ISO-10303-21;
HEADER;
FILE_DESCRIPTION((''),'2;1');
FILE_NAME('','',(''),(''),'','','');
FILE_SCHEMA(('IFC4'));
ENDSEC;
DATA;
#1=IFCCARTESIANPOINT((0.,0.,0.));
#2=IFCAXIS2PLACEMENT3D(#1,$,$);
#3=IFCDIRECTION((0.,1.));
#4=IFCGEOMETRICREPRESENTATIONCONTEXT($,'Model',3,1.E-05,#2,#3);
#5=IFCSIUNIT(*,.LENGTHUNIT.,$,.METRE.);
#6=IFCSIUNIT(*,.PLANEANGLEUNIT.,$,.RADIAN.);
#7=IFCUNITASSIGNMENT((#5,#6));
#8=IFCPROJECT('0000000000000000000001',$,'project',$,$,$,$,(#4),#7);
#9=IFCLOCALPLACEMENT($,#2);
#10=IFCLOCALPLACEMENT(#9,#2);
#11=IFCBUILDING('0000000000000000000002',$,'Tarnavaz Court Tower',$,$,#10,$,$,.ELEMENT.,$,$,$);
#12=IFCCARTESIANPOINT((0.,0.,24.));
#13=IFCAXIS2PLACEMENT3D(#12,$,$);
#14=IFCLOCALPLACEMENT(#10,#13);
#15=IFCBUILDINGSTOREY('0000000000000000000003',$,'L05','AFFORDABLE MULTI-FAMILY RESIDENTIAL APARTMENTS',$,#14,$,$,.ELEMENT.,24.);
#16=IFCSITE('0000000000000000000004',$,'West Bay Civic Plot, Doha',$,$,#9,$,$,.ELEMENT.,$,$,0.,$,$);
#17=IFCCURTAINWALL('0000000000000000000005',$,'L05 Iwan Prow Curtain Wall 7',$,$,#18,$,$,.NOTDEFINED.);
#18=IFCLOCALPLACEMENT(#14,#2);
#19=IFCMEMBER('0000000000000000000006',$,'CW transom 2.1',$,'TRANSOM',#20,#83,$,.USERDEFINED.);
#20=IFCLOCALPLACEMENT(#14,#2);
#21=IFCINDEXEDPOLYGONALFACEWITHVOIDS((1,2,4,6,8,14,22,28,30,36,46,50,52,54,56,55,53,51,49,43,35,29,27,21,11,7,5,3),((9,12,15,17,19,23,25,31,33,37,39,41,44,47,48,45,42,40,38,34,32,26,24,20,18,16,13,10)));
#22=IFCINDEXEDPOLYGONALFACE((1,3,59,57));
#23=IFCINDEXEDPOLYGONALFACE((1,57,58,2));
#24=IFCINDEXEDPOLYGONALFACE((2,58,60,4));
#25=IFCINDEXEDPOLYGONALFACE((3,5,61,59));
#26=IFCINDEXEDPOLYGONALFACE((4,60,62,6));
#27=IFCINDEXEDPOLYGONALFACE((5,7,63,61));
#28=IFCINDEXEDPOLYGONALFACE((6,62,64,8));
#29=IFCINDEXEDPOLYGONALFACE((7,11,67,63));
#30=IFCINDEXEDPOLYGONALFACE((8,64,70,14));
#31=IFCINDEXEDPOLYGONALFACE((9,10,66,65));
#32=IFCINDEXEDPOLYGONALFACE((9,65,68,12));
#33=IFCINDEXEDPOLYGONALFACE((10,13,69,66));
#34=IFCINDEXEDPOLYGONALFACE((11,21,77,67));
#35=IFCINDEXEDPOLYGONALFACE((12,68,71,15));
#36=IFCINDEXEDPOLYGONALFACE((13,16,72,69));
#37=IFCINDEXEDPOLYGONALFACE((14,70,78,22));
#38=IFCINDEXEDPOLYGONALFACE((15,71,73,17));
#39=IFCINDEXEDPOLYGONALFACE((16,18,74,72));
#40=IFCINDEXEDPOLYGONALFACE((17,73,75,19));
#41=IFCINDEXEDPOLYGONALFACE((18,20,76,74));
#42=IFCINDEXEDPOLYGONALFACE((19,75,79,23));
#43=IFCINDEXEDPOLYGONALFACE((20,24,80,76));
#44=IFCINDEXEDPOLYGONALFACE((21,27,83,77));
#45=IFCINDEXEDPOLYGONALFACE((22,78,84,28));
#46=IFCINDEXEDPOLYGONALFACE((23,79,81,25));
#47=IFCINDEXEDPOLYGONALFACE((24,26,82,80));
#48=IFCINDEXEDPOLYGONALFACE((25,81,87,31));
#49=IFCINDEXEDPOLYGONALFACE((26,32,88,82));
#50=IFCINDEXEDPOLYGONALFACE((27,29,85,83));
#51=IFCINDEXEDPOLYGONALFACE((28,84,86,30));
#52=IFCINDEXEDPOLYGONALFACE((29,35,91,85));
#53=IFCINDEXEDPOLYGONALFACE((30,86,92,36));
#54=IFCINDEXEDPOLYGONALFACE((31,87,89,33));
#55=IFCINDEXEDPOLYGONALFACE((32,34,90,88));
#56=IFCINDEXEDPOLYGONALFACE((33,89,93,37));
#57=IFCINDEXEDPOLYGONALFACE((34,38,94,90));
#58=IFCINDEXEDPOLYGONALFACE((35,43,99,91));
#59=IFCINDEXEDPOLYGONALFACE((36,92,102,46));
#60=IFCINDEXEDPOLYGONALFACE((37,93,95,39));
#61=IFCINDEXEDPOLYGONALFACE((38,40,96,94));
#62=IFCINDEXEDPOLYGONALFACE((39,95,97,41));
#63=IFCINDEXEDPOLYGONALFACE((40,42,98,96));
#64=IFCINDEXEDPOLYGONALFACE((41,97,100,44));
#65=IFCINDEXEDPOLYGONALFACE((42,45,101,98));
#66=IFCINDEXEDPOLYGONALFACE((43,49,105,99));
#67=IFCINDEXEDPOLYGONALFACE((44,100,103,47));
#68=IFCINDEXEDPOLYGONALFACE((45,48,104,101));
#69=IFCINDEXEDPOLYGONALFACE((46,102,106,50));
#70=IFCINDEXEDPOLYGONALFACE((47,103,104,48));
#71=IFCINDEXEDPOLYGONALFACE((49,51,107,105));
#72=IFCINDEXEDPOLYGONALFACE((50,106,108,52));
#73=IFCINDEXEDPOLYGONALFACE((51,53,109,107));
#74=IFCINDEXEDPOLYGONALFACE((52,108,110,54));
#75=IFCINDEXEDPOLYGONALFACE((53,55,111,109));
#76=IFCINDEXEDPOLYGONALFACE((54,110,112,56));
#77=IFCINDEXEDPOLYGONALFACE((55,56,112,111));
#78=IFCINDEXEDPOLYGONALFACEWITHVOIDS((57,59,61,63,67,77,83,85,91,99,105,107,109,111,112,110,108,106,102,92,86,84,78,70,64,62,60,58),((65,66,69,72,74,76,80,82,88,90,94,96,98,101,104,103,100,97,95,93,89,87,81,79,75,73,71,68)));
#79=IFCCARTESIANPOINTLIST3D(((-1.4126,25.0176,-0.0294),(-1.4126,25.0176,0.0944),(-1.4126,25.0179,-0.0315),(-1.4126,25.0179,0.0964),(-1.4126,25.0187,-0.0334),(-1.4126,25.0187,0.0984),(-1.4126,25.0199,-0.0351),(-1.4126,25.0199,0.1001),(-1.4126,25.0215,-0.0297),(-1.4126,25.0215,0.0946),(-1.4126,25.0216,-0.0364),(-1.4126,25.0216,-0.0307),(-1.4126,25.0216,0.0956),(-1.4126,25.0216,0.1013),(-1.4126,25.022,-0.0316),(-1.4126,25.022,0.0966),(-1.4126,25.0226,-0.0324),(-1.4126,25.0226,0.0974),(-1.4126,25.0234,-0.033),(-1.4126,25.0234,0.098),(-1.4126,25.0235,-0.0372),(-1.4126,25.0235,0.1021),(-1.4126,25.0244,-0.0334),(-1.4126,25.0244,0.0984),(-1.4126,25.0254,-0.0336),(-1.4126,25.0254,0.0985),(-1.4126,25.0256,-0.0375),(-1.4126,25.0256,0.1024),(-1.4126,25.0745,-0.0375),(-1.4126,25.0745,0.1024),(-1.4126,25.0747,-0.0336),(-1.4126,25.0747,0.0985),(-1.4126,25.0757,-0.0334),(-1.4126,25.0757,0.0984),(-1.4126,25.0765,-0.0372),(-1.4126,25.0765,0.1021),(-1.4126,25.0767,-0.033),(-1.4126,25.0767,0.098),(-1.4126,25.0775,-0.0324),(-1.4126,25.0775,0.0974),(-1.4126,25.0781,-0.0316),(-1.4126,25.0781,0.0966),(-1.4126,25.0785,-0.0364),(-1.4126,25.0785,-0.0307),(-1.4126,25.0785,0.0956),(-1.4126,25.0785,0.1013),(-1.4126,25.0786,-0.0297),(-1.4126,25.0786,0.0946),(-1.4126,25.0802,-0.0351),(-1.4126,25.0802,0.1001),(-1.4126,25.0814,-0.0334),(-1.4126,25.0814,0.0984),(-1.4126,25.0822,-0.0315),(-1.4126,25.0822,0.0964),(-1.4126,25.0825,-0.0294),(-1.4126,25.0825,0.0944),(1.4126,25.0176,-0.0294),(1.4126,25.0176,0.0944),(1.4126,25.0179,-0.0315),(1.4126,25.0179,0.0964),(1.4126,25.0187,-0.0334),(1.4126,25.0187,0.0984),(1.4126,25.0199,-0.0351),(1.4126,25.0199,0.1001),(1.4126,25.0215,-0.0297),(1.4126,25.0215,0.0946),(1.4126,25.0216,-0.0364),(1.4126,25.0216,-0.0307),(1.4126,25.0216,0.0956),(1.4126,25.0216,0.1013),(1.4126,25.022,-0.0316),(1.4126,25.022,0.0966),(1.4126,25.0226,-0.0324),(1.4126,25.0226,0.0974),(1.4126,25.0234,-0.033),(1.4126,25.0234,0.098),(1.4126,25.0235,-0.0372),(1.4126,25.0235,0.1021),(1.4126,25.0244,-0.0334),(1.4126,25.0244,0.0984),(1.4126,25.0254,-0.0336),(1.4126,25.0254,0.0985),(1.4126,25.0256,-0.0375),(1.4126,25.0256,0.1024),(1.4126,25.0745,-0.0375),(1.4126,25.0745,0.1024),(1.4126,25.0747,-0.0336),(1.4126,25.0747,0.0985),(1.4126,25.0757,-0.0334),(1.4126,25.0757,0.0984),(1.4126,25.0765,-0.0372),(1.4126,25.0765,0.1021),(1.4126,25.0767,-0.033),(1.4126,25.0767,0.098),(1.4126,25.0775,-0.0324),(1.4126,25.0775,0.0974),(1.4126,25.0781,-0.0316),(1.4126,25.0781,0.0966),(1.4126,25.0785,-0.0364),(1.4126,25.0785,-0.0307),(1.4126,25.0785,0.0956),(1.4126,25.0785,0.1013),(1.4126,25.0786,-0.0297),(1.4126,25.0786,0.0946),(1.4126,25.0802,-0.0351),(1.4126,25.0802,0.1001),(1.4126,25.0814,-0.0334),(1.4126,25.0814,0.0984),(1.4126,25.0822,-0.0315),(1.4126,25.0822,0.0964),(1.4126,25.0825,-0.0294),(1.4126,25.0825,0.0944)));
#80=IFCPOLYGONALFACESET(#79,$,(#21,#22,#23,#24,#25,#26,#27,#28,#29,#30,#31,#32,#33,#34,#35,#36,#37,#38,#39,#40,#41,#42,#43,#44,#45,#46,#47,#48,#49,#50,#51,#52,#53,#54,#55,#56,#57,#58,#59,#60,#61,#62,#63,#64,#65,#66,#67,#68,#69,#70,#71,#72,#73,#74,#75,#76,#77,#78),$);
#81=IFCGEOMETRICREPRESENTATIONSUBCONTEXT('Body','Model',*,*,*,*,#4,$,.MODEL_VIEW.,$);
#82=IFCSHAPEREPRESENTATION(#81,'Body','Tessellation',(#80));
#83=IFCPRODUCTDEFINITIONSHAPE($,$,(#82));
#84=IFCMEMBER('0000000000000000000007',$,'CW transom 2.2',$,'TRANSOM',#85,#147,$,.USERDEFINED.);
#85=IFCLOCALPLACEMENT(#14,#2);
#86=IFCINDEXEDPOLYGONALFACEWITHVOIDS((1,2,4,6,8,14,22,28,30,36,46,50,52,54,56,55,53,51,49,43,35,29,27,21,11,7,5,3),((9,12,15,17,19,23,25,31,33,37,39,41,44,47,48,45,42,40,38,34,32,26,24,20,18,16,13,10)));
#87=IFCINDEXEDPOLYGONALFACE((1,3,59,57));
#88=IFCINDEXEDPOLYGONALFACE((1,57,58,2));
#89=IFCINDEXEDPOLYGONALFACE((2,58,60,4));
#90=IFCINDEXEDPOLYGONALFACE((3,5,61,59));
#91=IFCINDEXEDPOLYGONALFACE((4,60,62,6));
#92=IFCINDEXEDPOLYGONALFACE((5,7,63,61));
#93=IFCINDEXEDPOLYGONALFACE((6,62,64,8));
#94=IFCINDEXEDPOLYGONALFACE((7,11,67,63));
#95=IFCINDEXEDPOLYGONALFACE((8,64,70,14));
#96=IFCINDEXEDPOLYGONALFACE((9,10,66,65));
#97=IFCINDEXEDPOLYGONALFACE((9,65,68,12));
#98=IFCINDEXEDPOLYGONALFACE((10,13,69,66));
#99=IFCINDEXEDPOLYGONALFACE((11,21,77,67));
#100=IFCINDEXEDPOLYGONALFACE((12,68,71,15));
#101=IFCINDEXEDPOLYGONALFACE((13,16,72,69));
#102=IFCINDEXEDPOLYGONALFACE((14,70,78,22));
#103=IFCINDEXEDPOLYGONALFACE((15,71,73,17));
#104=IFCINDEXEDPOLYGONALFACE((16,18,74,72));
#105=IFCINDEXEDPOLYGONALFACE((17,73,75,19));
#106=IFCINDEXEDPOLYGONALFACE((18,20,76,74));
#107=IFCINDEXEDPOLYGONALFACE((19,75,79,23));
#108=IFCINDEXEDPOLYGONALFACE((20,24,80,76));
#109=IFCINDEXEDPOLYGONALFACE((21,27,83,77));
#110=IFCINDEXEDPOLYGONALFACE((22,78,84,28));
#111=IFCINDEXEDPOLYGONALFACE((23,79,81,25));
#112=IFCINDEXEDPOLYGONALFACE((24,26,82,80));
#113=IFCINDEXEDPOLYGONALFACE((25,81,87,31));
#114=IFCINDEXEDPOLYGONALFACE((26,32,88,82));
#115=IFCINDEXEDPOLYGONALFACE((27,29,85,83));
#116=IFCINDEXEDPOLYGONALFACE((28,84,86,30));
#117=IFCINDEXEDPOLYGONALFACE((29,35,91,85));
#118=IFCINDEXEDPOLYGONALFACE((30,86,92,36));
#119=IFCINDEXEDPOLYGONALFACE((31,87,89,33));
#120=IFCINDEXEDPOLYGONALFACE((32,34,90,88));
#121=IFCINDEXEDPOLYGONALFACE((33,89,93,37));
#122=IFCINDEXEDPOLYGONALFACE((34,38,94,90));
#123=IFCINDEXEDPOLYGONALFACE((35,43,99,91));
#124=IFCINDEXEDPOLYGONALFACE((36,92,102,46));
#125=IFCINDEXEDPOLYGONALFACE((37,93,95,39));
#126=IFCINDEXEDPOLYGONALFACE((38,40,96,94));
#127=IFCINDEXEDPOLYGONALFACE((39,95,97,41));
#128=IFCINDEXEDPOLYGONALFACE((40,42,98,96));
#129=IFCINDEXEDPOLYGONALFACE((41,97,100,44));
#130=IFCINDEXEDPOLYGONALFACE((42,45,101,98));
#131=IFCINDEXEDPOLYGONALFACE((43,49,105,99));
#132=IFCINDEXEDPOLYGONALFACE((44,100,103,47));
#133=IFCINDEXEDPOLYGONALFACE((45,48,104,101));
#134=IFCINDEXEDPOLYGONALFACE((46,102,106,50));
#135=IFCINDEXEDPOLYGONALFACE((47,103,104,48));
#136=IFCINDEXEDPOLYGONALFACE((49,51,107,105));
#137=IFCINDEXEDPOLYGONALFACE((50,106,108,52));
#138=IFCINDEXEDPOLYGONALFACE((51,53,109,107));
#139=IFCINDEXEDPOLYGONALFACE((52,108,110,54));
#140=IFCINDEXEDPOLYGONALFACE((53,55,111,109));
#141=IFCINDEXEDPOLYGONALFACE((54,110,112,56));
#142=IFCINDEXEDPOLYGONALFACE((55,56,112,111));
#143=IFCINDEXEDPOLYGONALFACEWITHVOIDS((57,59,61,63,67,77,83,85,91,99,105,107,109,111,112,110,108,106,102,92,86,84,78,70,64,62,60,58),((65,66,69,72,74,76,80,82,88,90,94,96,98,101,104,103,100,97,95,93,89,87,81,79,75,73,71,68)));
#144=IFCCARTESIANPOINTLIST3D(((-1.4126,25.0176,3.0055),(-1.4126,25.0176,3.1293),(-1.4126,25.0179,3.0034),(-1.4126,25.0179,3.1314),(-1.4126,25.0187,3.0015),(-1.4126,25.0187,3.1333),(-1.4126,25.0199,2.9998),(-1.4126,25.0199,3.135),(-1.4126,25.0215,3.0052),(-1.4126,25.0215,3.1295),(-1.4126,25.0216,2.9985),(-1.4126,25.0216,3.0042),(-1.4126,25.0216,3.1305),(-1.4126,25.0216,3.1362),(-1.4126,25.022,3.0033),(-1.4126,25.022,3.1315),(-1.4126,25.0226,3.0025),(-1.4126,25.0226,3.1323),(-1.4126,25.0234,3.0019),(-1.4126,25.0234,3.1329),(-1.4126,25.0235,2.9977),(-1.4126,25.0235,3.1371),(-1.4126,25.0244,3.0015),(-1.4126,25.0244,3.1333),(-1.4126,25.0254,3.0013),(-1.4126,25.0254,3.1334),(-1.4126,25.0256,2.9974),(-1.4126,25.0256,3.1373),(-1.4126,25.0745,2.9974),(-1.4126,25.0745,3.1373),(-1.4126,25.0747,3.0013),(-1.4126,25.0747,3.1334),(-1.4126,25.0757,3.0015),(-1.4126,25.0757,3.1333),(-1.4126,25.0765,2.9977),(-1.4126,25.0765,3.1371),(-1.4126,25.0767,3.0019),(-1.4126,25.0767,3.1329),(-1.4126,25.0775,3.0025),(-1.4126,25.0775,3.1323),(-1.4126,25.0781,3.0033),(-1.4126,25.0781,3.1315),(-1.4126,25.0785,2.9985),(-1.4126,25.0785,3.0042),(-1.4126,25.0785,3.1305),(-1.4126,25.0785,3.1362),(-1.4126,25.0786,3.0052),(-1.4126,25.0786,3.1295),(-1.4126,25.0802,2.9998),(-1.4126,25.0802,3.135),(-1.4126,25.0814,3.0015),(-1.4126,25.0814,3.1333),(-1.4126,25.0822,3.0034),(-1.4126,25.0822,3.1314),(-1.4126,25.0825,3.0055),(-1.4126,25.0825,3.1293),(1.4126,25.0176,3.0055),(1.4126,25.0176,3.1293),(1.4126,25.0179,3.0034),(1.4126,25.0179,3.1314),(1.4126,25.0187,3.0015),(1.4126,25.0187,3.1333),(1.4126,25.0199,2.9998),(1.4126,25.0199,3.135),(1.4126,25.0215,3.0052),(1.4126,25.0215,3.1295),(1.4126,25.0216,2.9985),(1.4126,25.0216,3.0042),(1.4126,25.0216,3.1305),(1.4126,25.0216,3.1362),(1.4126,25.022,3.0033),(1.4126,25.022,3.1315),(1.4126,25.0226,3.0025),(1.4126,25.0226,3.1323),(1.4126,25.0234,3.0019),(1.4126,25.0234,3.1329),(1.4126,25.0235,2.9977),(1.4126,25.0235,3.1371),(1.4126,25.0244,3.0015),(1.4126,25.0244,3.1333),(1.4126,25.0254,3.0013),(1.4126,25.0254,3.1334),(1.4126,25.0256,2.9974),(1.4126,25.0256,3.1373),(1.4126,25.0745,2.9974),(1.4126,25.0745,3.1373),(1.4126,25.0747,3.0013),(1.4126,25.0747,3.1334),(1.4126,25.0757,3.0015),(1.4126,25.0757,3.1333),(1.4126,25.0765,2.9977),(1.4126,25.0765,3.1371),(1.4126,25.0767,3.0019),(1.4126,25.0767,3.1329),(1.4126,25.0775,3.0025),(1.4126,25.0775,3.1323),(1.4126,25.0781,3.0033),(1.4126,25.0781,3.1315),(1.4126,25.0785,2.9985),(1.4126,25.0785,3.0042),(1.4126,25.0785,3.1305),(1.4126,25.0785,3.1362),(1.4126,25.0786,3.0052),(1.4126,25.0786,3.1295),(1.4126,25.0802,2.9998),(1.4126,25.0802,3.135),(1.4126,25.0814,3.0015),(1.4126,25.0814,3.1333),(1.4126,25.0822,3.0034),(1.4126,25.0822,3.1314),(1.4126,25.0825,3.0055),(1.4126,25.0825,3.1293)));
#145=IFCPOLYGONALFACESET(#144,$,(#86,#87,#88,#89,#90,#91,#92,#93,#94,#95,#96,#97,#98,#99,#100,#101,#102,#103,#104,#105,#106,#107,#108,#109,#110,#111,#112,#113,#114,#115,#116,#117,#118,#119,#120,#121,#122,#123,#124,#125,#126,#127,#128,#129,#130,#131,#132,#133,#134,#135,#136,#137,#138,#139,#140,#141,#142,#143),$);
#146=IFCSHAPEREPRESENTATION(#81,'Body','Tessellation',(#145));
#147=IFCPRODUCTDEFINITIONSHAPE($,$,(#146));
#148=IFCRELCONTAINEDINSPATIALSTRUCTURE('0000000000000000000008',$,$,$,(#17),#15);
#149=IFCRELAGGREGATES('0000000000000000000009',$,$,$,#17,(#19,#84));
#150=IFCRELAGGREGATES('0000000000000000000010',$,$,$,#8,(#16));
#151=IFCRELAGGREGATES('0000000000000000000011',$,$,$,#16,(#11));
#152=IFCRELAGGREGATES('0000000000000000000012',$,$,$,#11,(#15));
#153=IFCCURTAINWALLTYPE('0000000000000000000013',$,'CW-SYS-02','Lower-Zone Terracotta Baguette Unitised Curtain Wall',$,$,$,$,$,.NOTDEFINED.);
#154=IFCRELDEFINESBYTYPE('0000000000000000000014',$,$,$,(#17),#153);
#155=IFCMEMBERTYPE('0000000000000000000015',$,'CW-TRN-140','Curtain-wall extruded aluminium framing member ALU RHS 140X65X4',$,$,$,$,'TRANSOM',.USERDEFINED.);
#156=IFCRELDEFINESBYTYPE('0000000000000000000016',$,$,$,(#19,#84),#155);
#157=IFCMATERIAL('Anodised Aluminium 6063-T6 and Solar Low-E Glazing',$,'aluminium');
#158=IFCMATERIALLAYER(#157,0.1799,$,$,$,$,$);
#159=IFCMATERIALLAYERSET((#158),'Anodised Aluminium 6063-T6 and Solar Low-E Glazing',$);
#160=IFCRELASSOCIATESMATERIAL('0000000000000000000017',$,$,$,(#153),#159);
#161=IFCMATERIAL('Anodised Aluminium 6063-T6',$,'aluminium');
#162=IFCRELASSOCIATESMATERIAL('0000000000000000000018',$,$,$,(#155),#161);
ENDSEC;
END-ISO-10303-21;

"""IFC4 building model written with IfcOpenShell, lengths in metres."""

from ifc_helpers import new_model, si_unit, direction, frame, origin, origin_2d, place, context, subcontext, project, spatial, hollow_rectangle, extrude, material, layer, layer_set, material_profile, profile_set, type_object, element, aggregate, save


model = new_model("IFC4")

# Units and contexts
model_context = context("Model", 3, precision=1e-05, world=origin(), true_north=direction((0.0, 1.0)))
body_context = subcontext(model_context, "Body", "Model", "MODEL_VIEW")
ifc_project = project(units=[si_unit("LENGTHUNIT", "METRE"), si_unit("PLANEANGLEUNIT", "RADIAN")], contexts=[model_context])

# Site, building, storey
site_placement = place(None, origin())
site = spatial("IfcSite", under=ifc_project, at=site_placement, Name="West Bay Civic Plot, Doha", CompositionType="ELEMENT", RefElevation=0.0)
building_placement = place(site_placement, origin())
building = spatial("IfcBuilding", under=site, at=building_placement, Name="Tarnavaz Court Tower", CompositionType="ELEMENT")
storey_placement = place(building_placement, frame((0.0, 0.0, 24.0)))
storey = spatial("IfcBuildingStorey", under=building, at=storey_placement, Name="L05", Description="AFFORDABLE MULTI-FAMILY RESIDENTIAL APARTMENTS", CompositionType="ELEMENT", Elevation=24.0)

# Curtain wall, members
ifc_material_1 = material(Name="Anodised Aluminium 6063-T6 and Solar Low-E Glazing", Category="aluminium")
ifc_layer_1 = layer(ifc_material_1, 0.1799)
ifc_layer_set_1 = layer_set([ifc_layer_1], Name="Anodised Aluminium 6063-T6 and Solar Low-E Glazing")
curtain_wall_type = type_object("IfcCurtainWallType", Name="CW-SYS-02", Description="Lower-Zone Terracotta Baguette Unitised Curtain Wall", PredefinedType="NOTDEFINED", material=ifc_layer_set_1)
curtain_wall_placement = place(storey_placement, origin())
curtain_wall = element("IfcCurtainWall", 1, at=curtain_wall_placement, inside=storey, type_object=curtain_wall_type, Name="L05 Iwan Prow Curtain Wall 7", PredefinedType="NOTDEFINED")
ifc_material_2 = material(Name="Anodised Aluminium 6063-T6", Category="aluminium")
ifc_material_profile_1 = material_profile(ifc_material_2, hollow_rectangle(XDim=0.0649, YDim=0.1399, WallThickness=0.0039, InnerFilletRadius=0.0039, OuterFilletRadius=0.0081, at=origin_2d()), Name="ALU RHS 140X65X4")
ifc_profile_set_1 = profile_set([ifc_material_profile_1], Name="Anodised Aluminium 6063-T6")
member_type_1 = type_object("IfcMemberType", Name="CW-TRN-140", Description="Curtain-wall extruded aluminium framing member ALU RHS 140X65X4", ElementType="TRANSOM", PredefinedType="USERDEFINED", material=ifc_profile_set_1)
member_1_placement = place(storey_placement, frame((-1.4126, 25.05, 0.0325), z_axis=(1.0, 0.0, 0.0), x_axis=(0.0, 1.0, 0.0)))
member_1 = element("IfcMember", 2, at=member_1_placement, type_object=member_type_1, Name="CW transom 2.1", ObjectType="TRANSOM", PredefinedType="USERDEFINED", context=body_context, shape_type="SweptSolid", body=[
    extrude(hollow_rectangle(XDim=0.0649, YDim=0.1399, WallThickness=0.0039, InnerFilletRadius=0.0039, OuterFilletRadius=0.0081, at=origin_2d()), origin(), (0.0, 0.0, 1.0), 2.8252),
])
member_2_placement = place(storey_placement, frame((-1.4126, 25.05, 3.0674), z_axis=(1.0, 0.0, 0.0), x_axis=(0.0, 1.0, 0.0)))
member_2 = element("IfcMember", 3, at=member_2_placement, type_object=member_type_1, Name="CW transom 2.2", ObjectType="TRANSOM", PredefinedType="USERDEFINED", context=body_context, shape_type="SweptSolid", body=[
    extrude(hollow_rectangle(XDim=0.0649, YDim=0.1399, WallThickness=0.0039, InnerFilletRadius=0.0039, OuterFilletRadius=0.0081, at=origin_2d()), origin(), (0.0, 0.0, 1.0), 2.8252),
])
aggregate(curtain_wall, [member_1, member_2])

save(model, "model.ifc")
